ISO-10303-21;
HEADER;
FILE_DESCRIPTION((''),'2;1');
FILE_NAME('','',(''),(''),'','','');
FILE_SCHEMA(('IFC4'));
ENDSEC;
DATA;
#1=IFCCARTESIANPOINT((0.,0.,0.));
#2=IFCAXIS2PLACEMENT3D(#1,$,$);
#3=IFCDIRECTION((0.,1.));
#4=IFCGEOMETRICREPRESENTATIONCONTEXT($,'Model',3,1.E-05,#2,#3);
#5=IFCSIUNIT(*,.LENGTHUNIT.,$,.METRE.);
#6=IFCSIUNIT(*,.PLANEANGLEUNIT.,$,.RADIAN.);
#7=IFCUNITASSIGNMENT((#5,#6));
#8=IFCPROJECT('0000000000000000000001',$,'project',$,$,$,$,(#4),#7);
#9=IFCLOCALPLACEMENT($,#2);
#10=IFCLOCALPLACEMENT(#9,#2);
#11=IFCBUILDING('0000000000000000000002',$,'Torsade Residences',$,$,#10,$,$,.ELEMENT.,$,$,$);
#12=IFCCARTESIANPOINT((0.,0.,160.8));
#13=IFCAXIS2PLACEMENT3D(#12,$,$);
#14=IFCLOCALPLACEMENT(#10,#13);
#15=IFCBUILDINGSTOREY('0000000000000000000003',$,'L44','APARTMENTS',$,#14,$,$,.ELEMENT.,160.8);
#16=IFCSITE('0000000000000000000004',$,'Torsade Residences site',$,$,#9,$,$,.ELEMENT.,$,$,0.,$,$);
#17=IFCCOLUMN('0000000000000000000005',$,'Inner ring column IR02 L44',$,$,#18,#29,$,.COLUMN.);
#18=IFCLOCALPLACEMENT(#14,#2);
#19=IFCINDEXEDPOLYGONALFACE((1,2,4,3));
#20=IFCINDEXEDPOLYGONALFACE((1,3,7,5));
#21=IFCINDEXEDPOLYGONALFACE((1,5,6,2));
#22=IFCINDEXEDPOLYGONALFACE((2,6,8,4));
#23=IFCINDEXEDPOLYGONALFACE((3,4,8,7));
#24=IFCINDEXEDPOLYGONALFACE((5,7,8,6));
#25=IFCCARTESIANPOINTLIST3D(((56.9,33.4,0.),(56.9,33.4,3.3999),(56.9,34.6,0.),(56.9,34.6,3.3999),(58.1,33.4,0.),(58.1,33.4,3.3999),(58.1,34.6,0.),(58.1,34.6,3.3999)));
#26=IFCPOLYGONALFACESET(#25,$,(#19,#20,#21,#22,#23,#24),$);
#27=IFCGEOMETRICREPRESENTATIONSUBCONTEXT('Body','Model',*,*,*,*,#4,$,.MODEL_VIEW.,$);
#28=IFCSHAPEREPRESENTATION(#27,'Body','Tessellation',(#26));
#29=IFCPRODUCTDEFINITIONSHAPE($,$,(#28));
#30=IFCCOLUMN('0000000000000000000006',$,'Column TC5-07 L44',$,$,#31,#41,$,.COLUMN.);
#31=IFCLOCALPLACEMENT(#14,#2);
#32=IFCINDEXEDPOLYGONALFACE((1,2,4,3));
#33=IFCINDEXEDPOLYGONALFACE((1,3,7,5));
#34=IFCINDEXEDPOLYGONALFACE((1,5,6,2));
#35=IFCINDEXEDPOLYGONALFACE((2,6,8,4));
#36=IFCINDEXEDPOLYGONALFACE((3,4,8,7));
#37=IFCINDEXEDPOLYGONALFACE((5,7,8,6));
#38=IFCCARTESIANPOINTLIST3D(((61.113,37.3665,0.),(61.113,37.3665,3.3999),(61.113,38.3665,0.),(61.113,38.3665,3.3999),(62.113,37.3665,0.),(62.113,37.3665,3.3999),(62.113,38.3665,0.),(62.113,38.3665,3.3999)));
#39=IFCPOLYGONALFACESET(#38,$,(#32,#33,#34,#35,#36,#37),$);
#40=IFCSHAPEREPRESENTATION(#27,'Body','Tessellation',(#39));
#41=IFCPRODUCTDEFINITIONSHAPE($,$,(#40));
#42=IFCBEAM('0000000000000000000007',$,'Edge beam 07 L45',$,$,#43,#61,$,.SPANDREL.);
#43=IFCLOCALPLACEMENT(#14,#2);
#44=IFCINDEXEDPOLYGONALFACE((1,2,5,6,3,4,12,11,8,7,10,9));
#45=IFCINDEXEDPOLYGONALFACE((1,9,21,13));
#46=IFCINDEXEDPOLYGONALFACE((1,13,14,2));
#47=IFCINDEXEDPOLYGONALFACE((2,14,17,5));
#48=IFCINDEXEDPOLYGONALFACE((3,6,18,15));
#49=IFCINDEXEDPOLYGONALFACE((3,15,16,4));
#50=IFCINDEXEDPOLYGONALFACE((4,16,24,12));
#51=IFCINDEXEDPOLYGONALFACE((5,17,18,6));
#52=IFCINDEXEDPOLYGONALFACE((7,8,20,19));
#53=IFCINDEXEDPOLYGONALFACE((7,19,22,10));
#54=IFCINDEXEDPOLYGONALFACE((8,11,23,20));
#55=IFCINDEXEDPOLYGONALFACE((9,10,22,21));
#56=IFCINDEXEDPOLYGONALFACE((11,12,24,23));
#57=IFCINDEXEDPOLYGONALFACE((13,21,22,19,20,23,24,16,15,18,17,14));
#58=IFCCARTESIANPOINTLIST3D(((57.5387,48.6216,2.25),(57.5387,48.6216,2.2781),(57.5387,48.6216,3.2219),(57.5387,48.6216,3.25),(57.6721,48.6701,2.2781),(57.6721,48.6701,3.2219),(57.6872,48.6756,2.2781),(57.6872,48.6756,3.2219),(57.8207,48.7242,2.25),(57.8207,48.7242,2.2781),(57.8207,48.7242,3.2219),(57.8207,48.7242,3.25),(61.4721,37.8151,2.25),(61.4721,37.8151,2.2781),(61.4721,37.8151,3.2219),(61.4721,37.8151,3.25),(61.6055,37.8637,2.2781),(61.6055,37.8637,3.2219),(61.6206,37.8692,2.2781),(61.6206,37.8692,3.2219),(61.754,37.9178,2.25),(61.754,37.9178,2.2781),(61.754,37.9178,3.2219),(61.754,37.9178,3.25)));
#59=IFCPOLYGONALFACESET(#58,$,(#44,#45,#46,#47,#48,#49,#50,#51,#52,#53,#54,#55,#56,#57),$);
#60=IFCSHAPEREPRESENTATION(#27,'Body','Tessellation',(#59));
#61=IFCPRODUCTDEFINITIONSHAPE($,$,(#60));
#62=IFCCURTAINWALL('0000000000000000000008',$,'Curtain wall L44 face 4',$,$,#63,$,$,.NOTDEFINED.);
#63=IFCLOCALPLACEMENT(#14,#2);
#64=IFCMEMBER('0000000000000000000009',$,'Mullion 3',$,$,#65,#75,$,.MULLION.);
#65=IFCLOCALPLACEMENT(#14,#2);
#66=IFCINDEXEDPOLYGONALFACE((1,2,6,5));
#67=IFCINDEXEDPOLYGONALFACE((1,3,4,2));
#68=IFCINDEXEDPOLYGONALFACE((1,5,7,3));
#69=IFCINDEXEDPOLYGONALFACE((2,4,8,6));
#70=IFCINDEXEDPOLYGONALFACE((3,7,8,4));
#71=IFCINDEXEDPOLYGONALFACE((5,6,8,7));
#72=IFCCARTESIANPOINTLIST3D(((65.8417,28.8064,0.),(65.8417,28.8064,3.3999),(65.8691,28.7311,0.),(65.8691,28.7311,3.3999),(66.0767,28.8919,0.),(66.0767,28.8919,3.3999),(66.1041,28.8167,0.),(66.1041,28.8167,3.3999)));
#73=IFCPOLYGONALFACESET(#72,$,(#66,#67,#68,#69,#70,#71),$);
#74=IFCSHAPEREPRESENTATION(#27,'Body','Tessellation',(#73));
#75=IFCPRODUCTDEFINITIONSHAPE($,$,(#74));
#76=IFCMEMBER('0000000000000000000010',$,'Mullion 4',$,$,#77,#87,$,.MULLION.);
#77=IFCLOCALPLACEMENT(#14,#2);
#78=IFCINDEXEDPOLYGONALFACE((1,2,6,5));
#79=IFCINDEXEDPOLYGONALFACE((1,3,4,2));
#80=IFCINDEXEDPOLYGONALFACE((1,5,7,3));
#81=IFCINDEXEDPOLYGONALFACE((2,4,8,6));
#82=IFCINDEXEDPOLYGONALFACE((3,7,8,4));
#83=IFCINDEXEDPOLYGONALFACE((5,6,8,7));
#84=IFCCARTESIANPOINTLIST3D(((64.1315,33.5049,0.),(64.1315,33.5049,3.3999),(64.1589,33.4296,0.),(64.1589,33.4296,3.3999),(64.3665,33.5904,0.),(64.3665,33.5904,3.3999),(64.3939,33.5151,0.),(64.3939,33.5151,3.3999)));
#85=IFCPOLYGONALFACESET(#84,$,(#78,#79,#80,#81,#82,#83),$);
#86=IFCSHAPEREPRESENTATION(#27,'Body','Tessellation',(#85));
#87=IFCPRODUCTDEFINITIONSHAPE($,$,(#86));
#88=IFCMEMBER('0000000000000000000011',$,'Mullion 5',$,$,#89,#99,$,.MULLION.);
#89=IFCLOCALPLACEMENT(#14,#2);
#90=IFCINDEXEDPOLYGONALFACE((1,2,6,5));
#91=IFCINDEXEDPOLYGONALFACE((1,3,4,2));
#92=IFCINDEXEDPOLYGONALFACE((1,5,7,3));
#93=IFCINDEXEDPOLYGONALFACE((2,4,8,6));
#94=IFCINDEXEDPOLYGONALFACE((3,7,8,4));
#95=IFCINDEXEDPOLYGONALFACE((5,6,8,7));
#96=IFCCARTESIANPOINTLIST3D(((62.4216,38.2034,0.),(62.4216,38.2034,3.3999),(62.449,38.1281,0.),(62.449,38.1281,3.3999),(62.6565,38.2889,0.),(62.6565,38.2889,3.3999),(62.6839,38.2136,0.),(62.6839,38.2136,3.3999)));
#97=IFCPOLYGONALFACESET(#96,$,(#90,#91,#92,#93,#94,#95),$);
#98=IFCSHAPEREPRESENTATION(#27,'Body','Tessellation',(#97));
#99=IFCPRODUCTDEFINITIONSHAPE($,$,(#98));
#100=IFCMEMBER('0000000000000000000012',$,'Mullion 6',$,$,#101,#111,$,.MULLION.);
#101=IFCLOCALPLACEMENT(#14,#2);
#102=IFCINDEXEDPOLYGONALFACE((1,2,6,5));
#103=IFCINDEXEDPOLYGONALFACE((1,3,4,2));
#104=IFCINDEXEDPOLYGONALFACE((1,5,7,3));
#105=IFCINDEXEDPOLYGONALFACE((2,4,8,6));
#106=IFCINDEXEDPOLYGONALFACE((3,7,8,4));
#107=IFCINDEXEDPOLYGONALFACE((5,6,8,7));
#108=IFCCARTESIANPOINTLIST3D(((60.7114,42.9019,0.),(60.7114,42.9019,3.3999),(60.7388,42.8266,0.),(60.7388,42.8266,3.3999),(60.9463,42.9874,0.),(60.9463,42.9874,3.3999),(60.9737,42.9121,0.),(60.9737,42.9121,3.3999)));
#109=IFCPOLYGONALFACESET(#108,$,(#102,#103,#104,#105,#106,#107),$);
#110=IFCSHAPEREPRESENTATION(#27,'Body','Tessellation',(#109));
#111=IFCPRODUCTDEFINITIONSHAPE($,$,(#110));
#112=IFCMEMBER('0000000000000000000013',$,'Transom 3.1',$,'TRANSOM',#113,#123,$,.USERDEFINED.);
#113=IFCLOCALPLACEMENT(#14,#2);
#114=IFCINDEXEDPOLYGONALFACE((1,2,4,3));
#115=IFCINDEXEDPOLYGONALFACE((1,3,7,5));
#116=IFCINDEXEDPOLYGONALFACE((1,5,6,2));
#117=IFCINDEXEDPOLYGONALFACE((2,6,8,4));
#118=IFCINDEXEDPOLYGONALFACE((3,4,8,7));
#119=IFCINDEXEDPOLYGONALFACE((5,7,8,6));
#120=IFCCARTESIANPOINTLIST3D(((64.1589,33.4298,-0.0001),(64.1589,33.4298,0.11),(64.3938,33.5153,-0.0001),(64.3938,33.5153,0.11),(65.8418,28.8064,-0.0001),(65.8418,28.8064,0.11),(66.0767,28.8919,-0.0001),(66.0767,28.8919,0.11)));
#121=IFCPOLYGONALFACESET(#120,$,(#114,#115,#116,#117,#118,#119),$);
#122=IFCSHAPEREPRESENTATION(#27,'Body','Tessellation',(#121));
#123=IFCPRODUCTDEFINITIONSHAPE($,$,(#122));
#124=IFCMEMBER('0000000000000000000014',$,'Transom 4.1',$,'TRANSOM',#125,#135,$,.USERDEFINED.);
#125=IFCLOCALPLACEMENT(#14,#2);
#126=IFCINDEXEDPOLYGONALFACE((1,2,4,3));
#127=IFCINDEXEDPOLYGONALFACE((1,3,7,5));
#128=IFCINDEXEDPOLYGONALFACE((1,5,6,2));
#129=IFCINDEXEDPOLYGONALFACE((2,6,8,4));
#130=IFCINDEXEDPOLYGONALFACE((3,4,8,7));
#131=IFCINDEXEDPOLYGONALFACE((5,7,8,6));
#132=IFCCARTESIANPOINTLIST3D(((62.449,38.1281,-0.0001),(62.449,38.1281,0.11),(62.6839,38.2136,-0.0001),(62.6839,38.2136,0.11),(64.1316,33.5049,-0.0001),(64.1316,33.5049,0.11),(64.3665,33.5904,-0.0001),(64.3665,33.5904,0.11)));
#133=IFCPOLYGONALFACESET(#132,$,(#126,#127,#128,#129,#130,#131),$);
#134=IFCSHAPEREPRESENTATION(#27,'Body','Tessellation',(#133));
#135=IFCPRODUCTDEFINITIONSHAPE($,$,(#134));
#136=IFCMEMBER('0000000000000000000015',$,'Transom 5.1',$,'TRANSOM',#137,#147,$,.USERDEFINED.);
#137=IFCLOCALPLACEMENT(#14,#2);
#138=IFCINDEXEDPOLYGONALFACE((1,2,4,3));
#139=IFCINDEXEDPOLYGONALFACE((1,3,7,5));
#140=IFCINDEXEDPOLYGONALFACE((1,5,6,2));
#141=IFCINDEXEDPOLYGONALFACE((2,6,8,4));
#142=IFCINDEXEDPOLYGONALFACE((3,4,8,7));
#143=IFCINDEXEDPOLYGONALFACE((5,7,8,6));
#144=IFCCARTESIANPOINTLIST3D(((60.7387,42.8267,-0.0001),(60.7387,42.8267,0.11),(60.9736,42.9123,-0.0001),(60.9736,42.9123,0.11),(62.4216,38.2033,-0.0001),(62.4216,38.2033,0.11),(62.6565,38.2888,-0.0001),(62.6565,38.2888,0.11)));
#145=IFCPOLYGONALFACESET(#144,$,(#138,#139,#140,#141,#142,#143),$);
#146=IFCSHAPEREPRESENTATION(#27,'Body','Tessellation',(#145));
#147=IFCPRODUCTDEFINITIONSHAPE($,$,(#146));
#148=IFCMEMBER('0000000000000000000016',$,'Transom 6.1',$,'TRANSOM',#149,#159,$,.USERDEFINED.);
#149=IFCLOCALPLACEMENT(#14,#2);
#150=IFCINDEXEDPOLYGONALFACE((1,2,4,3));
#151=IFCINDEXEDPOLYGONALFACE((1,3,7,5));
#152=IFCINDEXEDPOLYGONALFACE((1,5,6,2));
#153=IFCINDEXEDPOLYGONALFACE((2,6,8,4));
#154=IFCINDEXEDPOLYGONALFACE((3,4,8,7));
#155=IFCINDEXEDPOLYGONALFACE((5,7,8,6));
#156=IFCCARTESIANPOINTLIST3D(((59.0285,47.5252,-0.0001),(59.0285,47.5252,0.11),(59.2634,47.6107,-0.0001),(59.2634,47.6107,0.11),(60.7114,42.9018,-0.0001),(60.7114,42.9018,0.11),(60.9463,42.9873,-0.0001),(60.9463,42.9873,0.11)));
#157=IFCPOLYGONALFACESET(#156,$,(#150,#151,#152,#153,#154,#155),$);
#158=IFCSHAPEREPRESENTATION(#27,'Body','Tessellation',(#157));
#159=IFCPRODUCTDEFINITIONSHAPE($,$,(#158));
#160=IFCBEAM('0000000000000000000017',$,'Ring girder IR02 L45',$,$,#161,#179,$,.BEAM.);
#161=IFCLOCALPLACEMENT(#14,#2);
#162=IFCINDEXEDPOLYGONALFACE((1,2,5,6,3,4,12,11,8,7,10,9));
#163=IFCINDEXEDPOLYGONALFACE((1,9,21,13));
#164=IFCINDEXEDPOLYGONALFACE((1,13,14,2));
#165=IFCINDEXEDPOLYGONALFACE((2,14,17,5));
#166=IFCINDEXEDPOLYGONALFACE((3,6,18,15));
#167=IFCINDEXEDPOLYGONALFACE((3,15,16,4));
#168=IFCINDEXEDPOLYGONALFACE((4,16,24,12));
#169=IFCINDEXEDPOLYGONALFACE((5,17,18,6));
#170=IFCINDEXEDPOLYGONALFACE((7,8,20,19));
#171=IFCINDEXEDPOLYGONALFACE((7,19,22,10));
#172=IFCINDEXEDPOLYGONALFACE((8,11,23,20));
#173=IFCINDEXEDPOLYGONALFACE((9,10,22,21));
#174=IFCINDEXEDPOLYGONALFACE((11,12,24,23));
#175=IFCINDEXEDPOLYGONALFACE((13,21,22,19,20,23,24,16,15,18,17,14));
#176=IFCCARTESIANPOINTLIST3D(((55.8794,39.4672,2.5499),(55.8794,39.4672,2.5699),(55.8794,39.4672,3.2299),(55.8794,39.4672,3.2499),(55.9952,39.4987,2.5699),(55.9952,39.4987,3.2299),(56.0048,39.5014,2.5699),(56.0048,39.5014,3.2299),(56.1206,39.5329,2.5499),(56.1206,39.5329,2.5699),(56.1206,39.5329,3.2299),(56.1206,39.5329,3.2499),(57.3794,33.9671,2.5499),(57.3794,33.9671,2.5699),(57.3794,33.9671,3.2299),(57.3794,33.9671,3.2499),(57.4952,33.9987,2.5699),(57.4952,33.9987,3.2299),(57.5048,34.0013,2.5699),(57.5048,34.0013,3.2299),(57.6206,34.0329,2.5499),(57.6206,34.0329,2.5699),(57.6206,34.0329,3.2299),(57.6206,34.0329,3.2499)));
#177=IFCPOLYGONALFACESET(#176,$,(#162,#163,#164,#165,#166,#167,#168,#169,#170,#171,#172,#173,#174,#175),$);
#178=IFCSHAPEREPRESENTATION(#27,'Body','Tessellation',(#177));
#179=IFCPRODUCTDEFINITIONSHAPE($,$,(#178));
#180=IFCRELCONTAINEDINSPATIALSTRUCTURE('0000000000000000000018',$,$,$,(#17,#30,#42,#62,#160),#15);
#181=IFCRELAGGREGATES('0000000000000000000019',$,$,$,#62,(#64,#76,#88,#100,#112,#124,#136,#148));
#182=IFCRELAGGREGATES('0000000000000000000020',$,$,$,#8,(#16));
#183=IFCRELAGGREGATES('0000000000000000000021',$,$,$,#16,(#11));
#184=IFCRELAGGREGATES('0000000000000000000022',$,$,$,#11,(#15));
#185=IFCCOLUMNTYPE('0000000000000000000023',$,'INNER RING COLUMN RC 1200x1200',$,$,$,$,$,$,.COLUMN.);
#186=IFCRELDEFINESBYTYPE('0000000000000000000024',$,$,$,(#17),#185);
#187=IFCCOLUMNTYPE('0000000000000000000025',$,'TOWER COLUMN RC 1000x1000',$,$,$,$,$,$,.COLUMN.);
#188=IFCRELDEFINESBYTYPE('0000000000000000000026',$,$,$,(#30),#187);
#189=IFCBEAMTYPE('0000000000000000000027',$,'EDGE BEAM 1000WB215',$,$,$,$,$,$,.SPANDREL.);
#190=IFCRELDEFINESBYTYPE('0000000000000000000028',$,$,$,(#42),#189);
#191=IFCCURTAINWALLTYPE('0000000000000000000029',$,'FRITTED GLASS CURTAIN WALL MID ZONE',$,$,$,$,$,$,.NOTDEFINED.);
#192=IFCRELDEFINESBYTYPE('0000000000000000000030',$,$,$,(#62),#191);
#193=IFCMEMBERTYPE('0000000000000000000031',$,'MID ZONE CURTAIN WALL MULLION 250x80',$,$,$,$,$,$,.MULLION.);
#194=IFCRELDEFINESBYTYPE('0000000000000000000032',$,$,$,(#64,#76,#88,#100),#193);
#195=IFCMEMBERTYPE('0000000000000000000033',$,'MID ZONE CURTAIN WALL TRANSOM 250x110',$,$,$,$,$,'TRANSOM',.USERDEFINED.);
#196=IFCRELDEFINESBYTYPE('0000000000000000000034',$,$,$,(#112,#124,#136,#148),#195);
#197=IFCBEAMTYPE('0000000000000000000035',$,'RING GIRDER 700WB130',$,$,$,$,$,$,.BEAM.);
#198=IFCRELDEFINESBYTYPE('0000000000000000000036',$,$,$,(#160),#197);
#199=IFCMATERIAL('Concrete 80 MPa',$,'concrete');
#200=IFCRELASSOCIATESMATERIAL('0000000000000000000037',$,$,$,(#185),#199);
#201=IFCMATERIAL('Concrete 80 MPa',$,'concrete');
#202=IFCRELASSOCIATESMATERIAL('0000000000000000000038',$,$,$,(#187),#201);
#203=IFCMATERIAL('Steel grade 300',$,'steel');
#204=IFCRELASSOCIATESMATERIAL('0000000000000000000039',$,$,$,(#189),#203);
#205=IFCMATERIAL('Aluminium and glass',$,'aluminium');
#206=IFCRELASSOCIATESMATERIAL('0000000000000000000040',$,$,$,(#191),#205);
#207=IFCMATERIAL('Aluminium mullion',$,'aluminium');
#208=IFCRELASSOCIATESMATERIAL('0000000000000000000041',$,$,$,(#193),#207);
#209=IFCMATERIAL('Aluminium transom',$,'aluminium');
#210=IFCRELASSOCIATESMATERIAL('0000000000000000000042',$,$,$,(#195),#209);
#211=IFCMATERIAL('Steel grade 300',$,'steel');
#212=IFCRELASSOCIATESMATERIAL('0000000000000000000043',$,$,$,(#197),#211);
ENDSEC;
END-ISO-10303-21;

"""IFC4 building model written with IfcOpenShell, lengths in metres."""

from ifc_helpers import new_model, si_unit, direction, frame, origin, origin_2d, place, context, subcontext, project, spatial, rectangle, i_section, extrude, material, material_profile, profile_set, type_object, element, aggregate, save


model = new_model("IFC4")

# Units and contexts
model_context = context("Model", 3, precision=1e-05, world=origin(), true_north=direction((0.0, 1.0)))
body_context = subcontext(model_context, "Body", "Model", "MODEL_VIEW")
ifc_project = project(units=[si_unit("LENGTHUNIT", "METRE"), si_unit("PLANEANGLEUNIT", "RADIAN")], contexts=[model_context])

# Site, building, storey
site_placement = place(None, origin())
site = spatial("IfcSite", under=ifc_project, at=site_placement, Name="Torsade Residences site", CompositionType="ELEMENT", RefElevation=0.0)
building_placement = place(site_placement, origin())
building = spatial("IfcBuilding", under=site, at=building_placement, Name="Torsade Residences", CompositionType="ELEMENT")
storey_placement = place(building_placement, frame((0.0, 0.0, 160.8)))
storey = spatial("IfcBuildingStorey", under=building, at=storey_placement, Name="L44", Description="APARTMENTS", CompositionType="ELEMENT", Elevation=160.8)

# Columns
ifc_material_1 = material(Name="Concrete 80 MPa", Category="concrete")
ifc_material_profile_1 = material_profile(ifc_material_1, rectangle(XDim=1.2, YDim=1.2, at=origin_2d()), Name="RC 1200x1200")
ifc_profile_set_1 = profile_set([ifc_material_profile_1], Name="Concrete 80 MPa")
column_type_1 = type_object("IfcColumnType", Name="INNER RING COLUMN RC 1200x1200", PredefinedType="COLUMN", material=ifc_profile_set_1)
column_1_placement = place(storey_placement, frame((57.5, 34.0, 0.0), z_axis=(0.0, 0.0, 1.0), x_axis=(1.0, 0.0, 0.0)))
element("IfcColumn", 1, at=column_1_placement, inside=storey, type_object=column_type_1, Name="Inner ring column IR02 L44", PredefinedType="COLUMN", context=body_context, shape_type="SweptSolid", body=[
    extrude(rectangle(XDim=1.2, YDim=1.2, at=origin_2d()), origin(), (0.0, 0.0, 1.0), 3.3999),
])
ifc_material_2 = material(Name="Concrete 80 MPa", Category="concrete")
ifc_material_profile_2 = material_profile(ifc_material_2, rectangle(XDim=1.0, YDim=1.0, at=origin_2d()), Name="RC 1000x1000")
ifc_profile_set_2 = profile_set([ifc_material_profile_2], Name="Concrete 80 MPa")
column_type_2 = type_object("IfcColumnType", Name="TOWER COLUMN RC 1000x1000", PredefinedType="COLUMN", material=ifc_profile_set_2)
column_2_placement = place(storey_placement, frame((61.613, 37.8665, 0.0), z_axis=(0.0, 0.0, 1.0), x_axis=(1.0, 0.0, 0.0)))
element("IfcColumn", 2, at=column_2_placement, inside=storey, type_object=column_type_2, Name="Column TC5-07 L44", PredefinedType="COLUMN", context=body_context, shape_type="SweptSolid", body=[
    extrude(rectangle(XDim=1.0, YDim=1.0, at=origin_2d()), origin(), (0.0, 0.0, 1.0), 3.3999),
])

# Beam
ifc_material_3 = material(Name="Steel grade 300", Category="steel")
ifc_material_profile_3 = material_profile(ifc_material_3, i_section(OverallWidth=0.3, OverallDepth=1.0, WebThickness=0.0161, FlangeThickness=0.0281, at=origin_2d()), Name="1000WB215")
ifc_profile_set_3 = profile_set([ifc_material_profile_3], Name="Steel grade 300")
beam_type_1 = type_object("IfcBeamType", Name="EDGE BEAM 1000WB215", PredefinedType="SPANDREL", material=ifc_profile_set_3)
beam_1_placement = place(storey_placement, frame((61.613, 37.8665, 2.75), z_axis=(-0.342031, 0.939689, 0.0), x_axis=(-0.939689, -0.342031, 0.0)))
element("IfcBeam", 3, at=beam_1_placement, inside=storey, type_object=beam_type_1, Name="Edge beam 07 L45", PredefinedType="SPANDREL", context=body_context, shape_type="SweptSolid", body=[
    extrude(i_section(OverallWidth=0.3, OverallDepth=1.0, WebThickness=0.0161, FlangeThickness=0.0281, at=origin_2d()), origin(), (0.0, 0.0, 1.0), 11.5),
])

# Curtain wall, members
ifc_material_4 = material(Name="Aluminium and glass", Category="aluminium")
curtain_wall_type = type_object("IfcCurtainWallType", Name="FRITTED GLASS CURTAIN WALL MID ZONE", PredefinedType="NOTDEFINED", material=ifc_material_4)
curtain_wall_placement = place(storey_placement, origin())
curtain_wall = element("IfcCurtainWall", 4, at=curtain_wall_placement, inside=storey, type_object=curtain_wall_type, Name="Curtain wall L44 face 4", PredefinedType="NOTDEFINED")
ifc_material_5 = material(Name="Aluminium mullion", Category="aluminium")
ifc_material_profile_4 = material_profile(ifc_material_5, rectangle(XDim=0.25, YDim=0.0801, at=origin_2d()), Name="MID ZONE CURTAIN WALL MULLION 250x80")
ifc_profile_set_4 = profile_set([ifc_material_profile_4], Name="Aluminium mullion")
member_type_1 = type_object("IfcMemberType", Name="MID ZONE CURTAIN WALL MULLION 250x80", PredefinedType="MULLION", material=ifc_profile_set_4)
member_1_placement = place(storey_placement, frame((65.9729, 28.8115, 0.0), z_axis=(0.0, 0.0, 1.0), x_axis=(-0.939693, -0.34202, 0.0)))
member_1 = element("IfcMember", 5, at=member_1_placement, type_object=member_type_1, Name="Mullion 3", PredefinedType="MULLION", context=body_context, shape_type="SweptSolid", body=[
    extrude(rectangle(XDim=0.25, YDim=0.0801, at=origin_2d()), origin(), (0.0, 0.0, 1.0), 3.3999),
])
member_2_placement = place(storey_placement, frame((64.2627, 33.51, 0.0), z_axis=(0.0, 0.0, 1.0), x_axis=(-0.939693, -0.34202, 0.0)))
member_2 = element("IfcMember", 6, at=member_2_placement, type_object=member_type_1, Name="Mullion 4", PredefinedType="MULLION", context=body_context, shape_type="SweptSolid", body=[
    extrude(rectangle(XDim=0.25, YDim=0.0801, at=origin_2d()), origin(), (0.0, 0.0, 1.0), 3.3999),
])
member_3_placement = place(storey_placement, frame((62.5527, 38.2085, 0.0), z_axis=(0.0, 0.0, 1.0), x_axis=(-0.939693, -0.34202, 0.0)))
member_3 = element("IfcMember", 7, at=member_3_placement, type_object=member_type_1, Name="Mullion 5", PredefinedType="MULLION", context=body_context, shape_type="SweptSolid", body=[
    extrude(rectangle(XDim=0.25, YDim=0.0801, at=origin_2d()), origin(), (0.0, 0.0, 1.0), 3.3999),
])
member_4_placement = place(storey_placement, frame((60.8425, 42.907, 0.0), z_axis=(0.0, 0.0, 1.0), x_axis=(-0.939693, -0.34202, 0.0)))
member_4 = element("IfcMember", 8, at=member_4_placement, type_object=member_type_1, Name="Mullion 6", PredefinedType="MULLION", context=body_context, shape_type="SweptSolid", body=[
    extrude(rectangle(XDim=0.25, YDim=0.0801, at=origin_2d()), origin(), (0.0, 0.0, 1.0), 3.3999),
])
ifc_material_6 = material(Name="Aluminium transom", Category="aluminium")
ifc_material_profile_5 = material_profile(ifc_material_6, rectangle(XDim=0.25, YDim=0.1101, at=origin_2d()), Name="MID ZONE CURTAIN WALL TRANSOM 250x110")
ifc_profile_set_5 = profile_set([ifc_material_profile_5], Name="Aluminium transom")
member_type_2 = type_object("IfcMemberType", Name="MID ZONE CURTAIN WALL TRANSOM 250x110", ElementType="TRANSOM", PredefinedType="USERDEFINED", material=ifc_profile_set_5)
member_5_placement = place(storey_placement, frame((65.9592, 28.8491, 0.0549), z_axis=(-0.342042, 0.939685, 0.0), x_axis=(-0.939685, -0.342042, 0.0)))
member_5 = element("IfcMember", 9, at=member_5_placement, type_object=member_type_2, Name="Transom 3.1", ObjectType="TRANSOM", PredefinedType="USERDEFINED", context=body_context, shape_type="SweptSolid", body=[
    extrude(rectangle(XDim=0.25, YDim=0.1101, at=origin_2d()), origin(), (0.0, 0.0, 1.0), 4.9202),
])
member_6_placement = place(storey_placement, frame((64.249, 33.5476, 0.0549), z_axis=(-0.341998, 0.939701, 0.0), x_axis=(-0.939701, -0.341998, 0.0)))
member_6 = element("IfcMember", 10, at=member_6_placement, type_object=member_type_2, Name="Transom 4.1", ObjectType="TRANSOM", PredefinedType="USERDEFINED", context=body_context, shape_type="SweptSolid", body=[
    extrude(rectangle(XDim=0.25, YDim=0.1101, at=origin_2d()), origin(), (0.0, 0.0, 1.0), 4.9199),
])
member_7_placement = place(storey_placement, frame((62.5391, 38.2461, 0.0549), z_axis=(-0.342042, 0.939685, 0.0), x_axis=(-0.939685, -0.342042, 0.0)))
member_7 = element("IfcMember", 11, at=member_7_placement, type_object=member_type_2, Name="Transom 5.1", ObjectType="TRANSOM", PredefinedType="USERDEFINED", context=body_context, shape_type="SweptSolid", body=[
    extrude(rectangle(XDim=0.25, YDim=0.1101, at=origin_2d()), origin(), (0.0, 0.0, 1.0), 4.9202),
])
member_8_placement = place(storey_placement, frame((60.8289, 42.9446, 0.0549), z_axis=(-0.342042, 0.939685, 0.0), x_axis=(-0.939685, -0.342042, 0.0)))
member_8 = element("IfcMember", 12, at=member_8_placement, type_object=member_type_2, Name="Transom 6.1", ObjectType="TRANSOM", PredefinedType="USERDEFINED", context=body_context, shape_type="SweptSolid", body=[
    extrude(rectangle(XDim=0.25, YDim=0.1101, at=origin_2d()), origin(), (0.0, 0.0, 1.0), 4.9202),
])

# Beam
ifc_material_7 = material(Name="Steel grade 300", Category="steel")
ifc_material_profile_6 = material_profile(ifc_material_7, i_section(OverallWidth=0.25, OverallDepth=0.7, WebThickness=0.01, FlangeThickness=0.02, at=origin_2d()), Name="700WB130")
ifc_profile_set_6 = profile_set([ifc_material_profile_6], Name="Steel grade 300")
beam_type_2 = type_object("IfcBeamType", Name="RING GIRDER 700WB130", PredefinedType="BEAM", material=ifc_profile_set_6)
beam_2_placement = place(storey_placement, frame((57.5, 34.0, 2.8999), z_axis=(-0.263117, 0.964764, 0.0), x_axis=(-0.964764, -0.263117, 0.0)))
element("IfcBeam", 13, at=beam_2_placement, inside=storey, type_object=beam_type_2, Name="Ring girder IR02 L45", PredefinedType="BEAM", context=body_context, shape_type="SweptSolid", body=[
    extrude(i_section(OverallWidth=0.25, OverallDepth=0.7, WebThickness=0.01, FlangeThickness=0.02, at=origin_2d()), origin(), (0.0, 0.0, 1.0), 5.7009),
])

aggregate(curtain_wall, [member_1, member_2, member_3, member_4, member_5, member_6, member_7, member_8])

save(model, "model.ifc")
